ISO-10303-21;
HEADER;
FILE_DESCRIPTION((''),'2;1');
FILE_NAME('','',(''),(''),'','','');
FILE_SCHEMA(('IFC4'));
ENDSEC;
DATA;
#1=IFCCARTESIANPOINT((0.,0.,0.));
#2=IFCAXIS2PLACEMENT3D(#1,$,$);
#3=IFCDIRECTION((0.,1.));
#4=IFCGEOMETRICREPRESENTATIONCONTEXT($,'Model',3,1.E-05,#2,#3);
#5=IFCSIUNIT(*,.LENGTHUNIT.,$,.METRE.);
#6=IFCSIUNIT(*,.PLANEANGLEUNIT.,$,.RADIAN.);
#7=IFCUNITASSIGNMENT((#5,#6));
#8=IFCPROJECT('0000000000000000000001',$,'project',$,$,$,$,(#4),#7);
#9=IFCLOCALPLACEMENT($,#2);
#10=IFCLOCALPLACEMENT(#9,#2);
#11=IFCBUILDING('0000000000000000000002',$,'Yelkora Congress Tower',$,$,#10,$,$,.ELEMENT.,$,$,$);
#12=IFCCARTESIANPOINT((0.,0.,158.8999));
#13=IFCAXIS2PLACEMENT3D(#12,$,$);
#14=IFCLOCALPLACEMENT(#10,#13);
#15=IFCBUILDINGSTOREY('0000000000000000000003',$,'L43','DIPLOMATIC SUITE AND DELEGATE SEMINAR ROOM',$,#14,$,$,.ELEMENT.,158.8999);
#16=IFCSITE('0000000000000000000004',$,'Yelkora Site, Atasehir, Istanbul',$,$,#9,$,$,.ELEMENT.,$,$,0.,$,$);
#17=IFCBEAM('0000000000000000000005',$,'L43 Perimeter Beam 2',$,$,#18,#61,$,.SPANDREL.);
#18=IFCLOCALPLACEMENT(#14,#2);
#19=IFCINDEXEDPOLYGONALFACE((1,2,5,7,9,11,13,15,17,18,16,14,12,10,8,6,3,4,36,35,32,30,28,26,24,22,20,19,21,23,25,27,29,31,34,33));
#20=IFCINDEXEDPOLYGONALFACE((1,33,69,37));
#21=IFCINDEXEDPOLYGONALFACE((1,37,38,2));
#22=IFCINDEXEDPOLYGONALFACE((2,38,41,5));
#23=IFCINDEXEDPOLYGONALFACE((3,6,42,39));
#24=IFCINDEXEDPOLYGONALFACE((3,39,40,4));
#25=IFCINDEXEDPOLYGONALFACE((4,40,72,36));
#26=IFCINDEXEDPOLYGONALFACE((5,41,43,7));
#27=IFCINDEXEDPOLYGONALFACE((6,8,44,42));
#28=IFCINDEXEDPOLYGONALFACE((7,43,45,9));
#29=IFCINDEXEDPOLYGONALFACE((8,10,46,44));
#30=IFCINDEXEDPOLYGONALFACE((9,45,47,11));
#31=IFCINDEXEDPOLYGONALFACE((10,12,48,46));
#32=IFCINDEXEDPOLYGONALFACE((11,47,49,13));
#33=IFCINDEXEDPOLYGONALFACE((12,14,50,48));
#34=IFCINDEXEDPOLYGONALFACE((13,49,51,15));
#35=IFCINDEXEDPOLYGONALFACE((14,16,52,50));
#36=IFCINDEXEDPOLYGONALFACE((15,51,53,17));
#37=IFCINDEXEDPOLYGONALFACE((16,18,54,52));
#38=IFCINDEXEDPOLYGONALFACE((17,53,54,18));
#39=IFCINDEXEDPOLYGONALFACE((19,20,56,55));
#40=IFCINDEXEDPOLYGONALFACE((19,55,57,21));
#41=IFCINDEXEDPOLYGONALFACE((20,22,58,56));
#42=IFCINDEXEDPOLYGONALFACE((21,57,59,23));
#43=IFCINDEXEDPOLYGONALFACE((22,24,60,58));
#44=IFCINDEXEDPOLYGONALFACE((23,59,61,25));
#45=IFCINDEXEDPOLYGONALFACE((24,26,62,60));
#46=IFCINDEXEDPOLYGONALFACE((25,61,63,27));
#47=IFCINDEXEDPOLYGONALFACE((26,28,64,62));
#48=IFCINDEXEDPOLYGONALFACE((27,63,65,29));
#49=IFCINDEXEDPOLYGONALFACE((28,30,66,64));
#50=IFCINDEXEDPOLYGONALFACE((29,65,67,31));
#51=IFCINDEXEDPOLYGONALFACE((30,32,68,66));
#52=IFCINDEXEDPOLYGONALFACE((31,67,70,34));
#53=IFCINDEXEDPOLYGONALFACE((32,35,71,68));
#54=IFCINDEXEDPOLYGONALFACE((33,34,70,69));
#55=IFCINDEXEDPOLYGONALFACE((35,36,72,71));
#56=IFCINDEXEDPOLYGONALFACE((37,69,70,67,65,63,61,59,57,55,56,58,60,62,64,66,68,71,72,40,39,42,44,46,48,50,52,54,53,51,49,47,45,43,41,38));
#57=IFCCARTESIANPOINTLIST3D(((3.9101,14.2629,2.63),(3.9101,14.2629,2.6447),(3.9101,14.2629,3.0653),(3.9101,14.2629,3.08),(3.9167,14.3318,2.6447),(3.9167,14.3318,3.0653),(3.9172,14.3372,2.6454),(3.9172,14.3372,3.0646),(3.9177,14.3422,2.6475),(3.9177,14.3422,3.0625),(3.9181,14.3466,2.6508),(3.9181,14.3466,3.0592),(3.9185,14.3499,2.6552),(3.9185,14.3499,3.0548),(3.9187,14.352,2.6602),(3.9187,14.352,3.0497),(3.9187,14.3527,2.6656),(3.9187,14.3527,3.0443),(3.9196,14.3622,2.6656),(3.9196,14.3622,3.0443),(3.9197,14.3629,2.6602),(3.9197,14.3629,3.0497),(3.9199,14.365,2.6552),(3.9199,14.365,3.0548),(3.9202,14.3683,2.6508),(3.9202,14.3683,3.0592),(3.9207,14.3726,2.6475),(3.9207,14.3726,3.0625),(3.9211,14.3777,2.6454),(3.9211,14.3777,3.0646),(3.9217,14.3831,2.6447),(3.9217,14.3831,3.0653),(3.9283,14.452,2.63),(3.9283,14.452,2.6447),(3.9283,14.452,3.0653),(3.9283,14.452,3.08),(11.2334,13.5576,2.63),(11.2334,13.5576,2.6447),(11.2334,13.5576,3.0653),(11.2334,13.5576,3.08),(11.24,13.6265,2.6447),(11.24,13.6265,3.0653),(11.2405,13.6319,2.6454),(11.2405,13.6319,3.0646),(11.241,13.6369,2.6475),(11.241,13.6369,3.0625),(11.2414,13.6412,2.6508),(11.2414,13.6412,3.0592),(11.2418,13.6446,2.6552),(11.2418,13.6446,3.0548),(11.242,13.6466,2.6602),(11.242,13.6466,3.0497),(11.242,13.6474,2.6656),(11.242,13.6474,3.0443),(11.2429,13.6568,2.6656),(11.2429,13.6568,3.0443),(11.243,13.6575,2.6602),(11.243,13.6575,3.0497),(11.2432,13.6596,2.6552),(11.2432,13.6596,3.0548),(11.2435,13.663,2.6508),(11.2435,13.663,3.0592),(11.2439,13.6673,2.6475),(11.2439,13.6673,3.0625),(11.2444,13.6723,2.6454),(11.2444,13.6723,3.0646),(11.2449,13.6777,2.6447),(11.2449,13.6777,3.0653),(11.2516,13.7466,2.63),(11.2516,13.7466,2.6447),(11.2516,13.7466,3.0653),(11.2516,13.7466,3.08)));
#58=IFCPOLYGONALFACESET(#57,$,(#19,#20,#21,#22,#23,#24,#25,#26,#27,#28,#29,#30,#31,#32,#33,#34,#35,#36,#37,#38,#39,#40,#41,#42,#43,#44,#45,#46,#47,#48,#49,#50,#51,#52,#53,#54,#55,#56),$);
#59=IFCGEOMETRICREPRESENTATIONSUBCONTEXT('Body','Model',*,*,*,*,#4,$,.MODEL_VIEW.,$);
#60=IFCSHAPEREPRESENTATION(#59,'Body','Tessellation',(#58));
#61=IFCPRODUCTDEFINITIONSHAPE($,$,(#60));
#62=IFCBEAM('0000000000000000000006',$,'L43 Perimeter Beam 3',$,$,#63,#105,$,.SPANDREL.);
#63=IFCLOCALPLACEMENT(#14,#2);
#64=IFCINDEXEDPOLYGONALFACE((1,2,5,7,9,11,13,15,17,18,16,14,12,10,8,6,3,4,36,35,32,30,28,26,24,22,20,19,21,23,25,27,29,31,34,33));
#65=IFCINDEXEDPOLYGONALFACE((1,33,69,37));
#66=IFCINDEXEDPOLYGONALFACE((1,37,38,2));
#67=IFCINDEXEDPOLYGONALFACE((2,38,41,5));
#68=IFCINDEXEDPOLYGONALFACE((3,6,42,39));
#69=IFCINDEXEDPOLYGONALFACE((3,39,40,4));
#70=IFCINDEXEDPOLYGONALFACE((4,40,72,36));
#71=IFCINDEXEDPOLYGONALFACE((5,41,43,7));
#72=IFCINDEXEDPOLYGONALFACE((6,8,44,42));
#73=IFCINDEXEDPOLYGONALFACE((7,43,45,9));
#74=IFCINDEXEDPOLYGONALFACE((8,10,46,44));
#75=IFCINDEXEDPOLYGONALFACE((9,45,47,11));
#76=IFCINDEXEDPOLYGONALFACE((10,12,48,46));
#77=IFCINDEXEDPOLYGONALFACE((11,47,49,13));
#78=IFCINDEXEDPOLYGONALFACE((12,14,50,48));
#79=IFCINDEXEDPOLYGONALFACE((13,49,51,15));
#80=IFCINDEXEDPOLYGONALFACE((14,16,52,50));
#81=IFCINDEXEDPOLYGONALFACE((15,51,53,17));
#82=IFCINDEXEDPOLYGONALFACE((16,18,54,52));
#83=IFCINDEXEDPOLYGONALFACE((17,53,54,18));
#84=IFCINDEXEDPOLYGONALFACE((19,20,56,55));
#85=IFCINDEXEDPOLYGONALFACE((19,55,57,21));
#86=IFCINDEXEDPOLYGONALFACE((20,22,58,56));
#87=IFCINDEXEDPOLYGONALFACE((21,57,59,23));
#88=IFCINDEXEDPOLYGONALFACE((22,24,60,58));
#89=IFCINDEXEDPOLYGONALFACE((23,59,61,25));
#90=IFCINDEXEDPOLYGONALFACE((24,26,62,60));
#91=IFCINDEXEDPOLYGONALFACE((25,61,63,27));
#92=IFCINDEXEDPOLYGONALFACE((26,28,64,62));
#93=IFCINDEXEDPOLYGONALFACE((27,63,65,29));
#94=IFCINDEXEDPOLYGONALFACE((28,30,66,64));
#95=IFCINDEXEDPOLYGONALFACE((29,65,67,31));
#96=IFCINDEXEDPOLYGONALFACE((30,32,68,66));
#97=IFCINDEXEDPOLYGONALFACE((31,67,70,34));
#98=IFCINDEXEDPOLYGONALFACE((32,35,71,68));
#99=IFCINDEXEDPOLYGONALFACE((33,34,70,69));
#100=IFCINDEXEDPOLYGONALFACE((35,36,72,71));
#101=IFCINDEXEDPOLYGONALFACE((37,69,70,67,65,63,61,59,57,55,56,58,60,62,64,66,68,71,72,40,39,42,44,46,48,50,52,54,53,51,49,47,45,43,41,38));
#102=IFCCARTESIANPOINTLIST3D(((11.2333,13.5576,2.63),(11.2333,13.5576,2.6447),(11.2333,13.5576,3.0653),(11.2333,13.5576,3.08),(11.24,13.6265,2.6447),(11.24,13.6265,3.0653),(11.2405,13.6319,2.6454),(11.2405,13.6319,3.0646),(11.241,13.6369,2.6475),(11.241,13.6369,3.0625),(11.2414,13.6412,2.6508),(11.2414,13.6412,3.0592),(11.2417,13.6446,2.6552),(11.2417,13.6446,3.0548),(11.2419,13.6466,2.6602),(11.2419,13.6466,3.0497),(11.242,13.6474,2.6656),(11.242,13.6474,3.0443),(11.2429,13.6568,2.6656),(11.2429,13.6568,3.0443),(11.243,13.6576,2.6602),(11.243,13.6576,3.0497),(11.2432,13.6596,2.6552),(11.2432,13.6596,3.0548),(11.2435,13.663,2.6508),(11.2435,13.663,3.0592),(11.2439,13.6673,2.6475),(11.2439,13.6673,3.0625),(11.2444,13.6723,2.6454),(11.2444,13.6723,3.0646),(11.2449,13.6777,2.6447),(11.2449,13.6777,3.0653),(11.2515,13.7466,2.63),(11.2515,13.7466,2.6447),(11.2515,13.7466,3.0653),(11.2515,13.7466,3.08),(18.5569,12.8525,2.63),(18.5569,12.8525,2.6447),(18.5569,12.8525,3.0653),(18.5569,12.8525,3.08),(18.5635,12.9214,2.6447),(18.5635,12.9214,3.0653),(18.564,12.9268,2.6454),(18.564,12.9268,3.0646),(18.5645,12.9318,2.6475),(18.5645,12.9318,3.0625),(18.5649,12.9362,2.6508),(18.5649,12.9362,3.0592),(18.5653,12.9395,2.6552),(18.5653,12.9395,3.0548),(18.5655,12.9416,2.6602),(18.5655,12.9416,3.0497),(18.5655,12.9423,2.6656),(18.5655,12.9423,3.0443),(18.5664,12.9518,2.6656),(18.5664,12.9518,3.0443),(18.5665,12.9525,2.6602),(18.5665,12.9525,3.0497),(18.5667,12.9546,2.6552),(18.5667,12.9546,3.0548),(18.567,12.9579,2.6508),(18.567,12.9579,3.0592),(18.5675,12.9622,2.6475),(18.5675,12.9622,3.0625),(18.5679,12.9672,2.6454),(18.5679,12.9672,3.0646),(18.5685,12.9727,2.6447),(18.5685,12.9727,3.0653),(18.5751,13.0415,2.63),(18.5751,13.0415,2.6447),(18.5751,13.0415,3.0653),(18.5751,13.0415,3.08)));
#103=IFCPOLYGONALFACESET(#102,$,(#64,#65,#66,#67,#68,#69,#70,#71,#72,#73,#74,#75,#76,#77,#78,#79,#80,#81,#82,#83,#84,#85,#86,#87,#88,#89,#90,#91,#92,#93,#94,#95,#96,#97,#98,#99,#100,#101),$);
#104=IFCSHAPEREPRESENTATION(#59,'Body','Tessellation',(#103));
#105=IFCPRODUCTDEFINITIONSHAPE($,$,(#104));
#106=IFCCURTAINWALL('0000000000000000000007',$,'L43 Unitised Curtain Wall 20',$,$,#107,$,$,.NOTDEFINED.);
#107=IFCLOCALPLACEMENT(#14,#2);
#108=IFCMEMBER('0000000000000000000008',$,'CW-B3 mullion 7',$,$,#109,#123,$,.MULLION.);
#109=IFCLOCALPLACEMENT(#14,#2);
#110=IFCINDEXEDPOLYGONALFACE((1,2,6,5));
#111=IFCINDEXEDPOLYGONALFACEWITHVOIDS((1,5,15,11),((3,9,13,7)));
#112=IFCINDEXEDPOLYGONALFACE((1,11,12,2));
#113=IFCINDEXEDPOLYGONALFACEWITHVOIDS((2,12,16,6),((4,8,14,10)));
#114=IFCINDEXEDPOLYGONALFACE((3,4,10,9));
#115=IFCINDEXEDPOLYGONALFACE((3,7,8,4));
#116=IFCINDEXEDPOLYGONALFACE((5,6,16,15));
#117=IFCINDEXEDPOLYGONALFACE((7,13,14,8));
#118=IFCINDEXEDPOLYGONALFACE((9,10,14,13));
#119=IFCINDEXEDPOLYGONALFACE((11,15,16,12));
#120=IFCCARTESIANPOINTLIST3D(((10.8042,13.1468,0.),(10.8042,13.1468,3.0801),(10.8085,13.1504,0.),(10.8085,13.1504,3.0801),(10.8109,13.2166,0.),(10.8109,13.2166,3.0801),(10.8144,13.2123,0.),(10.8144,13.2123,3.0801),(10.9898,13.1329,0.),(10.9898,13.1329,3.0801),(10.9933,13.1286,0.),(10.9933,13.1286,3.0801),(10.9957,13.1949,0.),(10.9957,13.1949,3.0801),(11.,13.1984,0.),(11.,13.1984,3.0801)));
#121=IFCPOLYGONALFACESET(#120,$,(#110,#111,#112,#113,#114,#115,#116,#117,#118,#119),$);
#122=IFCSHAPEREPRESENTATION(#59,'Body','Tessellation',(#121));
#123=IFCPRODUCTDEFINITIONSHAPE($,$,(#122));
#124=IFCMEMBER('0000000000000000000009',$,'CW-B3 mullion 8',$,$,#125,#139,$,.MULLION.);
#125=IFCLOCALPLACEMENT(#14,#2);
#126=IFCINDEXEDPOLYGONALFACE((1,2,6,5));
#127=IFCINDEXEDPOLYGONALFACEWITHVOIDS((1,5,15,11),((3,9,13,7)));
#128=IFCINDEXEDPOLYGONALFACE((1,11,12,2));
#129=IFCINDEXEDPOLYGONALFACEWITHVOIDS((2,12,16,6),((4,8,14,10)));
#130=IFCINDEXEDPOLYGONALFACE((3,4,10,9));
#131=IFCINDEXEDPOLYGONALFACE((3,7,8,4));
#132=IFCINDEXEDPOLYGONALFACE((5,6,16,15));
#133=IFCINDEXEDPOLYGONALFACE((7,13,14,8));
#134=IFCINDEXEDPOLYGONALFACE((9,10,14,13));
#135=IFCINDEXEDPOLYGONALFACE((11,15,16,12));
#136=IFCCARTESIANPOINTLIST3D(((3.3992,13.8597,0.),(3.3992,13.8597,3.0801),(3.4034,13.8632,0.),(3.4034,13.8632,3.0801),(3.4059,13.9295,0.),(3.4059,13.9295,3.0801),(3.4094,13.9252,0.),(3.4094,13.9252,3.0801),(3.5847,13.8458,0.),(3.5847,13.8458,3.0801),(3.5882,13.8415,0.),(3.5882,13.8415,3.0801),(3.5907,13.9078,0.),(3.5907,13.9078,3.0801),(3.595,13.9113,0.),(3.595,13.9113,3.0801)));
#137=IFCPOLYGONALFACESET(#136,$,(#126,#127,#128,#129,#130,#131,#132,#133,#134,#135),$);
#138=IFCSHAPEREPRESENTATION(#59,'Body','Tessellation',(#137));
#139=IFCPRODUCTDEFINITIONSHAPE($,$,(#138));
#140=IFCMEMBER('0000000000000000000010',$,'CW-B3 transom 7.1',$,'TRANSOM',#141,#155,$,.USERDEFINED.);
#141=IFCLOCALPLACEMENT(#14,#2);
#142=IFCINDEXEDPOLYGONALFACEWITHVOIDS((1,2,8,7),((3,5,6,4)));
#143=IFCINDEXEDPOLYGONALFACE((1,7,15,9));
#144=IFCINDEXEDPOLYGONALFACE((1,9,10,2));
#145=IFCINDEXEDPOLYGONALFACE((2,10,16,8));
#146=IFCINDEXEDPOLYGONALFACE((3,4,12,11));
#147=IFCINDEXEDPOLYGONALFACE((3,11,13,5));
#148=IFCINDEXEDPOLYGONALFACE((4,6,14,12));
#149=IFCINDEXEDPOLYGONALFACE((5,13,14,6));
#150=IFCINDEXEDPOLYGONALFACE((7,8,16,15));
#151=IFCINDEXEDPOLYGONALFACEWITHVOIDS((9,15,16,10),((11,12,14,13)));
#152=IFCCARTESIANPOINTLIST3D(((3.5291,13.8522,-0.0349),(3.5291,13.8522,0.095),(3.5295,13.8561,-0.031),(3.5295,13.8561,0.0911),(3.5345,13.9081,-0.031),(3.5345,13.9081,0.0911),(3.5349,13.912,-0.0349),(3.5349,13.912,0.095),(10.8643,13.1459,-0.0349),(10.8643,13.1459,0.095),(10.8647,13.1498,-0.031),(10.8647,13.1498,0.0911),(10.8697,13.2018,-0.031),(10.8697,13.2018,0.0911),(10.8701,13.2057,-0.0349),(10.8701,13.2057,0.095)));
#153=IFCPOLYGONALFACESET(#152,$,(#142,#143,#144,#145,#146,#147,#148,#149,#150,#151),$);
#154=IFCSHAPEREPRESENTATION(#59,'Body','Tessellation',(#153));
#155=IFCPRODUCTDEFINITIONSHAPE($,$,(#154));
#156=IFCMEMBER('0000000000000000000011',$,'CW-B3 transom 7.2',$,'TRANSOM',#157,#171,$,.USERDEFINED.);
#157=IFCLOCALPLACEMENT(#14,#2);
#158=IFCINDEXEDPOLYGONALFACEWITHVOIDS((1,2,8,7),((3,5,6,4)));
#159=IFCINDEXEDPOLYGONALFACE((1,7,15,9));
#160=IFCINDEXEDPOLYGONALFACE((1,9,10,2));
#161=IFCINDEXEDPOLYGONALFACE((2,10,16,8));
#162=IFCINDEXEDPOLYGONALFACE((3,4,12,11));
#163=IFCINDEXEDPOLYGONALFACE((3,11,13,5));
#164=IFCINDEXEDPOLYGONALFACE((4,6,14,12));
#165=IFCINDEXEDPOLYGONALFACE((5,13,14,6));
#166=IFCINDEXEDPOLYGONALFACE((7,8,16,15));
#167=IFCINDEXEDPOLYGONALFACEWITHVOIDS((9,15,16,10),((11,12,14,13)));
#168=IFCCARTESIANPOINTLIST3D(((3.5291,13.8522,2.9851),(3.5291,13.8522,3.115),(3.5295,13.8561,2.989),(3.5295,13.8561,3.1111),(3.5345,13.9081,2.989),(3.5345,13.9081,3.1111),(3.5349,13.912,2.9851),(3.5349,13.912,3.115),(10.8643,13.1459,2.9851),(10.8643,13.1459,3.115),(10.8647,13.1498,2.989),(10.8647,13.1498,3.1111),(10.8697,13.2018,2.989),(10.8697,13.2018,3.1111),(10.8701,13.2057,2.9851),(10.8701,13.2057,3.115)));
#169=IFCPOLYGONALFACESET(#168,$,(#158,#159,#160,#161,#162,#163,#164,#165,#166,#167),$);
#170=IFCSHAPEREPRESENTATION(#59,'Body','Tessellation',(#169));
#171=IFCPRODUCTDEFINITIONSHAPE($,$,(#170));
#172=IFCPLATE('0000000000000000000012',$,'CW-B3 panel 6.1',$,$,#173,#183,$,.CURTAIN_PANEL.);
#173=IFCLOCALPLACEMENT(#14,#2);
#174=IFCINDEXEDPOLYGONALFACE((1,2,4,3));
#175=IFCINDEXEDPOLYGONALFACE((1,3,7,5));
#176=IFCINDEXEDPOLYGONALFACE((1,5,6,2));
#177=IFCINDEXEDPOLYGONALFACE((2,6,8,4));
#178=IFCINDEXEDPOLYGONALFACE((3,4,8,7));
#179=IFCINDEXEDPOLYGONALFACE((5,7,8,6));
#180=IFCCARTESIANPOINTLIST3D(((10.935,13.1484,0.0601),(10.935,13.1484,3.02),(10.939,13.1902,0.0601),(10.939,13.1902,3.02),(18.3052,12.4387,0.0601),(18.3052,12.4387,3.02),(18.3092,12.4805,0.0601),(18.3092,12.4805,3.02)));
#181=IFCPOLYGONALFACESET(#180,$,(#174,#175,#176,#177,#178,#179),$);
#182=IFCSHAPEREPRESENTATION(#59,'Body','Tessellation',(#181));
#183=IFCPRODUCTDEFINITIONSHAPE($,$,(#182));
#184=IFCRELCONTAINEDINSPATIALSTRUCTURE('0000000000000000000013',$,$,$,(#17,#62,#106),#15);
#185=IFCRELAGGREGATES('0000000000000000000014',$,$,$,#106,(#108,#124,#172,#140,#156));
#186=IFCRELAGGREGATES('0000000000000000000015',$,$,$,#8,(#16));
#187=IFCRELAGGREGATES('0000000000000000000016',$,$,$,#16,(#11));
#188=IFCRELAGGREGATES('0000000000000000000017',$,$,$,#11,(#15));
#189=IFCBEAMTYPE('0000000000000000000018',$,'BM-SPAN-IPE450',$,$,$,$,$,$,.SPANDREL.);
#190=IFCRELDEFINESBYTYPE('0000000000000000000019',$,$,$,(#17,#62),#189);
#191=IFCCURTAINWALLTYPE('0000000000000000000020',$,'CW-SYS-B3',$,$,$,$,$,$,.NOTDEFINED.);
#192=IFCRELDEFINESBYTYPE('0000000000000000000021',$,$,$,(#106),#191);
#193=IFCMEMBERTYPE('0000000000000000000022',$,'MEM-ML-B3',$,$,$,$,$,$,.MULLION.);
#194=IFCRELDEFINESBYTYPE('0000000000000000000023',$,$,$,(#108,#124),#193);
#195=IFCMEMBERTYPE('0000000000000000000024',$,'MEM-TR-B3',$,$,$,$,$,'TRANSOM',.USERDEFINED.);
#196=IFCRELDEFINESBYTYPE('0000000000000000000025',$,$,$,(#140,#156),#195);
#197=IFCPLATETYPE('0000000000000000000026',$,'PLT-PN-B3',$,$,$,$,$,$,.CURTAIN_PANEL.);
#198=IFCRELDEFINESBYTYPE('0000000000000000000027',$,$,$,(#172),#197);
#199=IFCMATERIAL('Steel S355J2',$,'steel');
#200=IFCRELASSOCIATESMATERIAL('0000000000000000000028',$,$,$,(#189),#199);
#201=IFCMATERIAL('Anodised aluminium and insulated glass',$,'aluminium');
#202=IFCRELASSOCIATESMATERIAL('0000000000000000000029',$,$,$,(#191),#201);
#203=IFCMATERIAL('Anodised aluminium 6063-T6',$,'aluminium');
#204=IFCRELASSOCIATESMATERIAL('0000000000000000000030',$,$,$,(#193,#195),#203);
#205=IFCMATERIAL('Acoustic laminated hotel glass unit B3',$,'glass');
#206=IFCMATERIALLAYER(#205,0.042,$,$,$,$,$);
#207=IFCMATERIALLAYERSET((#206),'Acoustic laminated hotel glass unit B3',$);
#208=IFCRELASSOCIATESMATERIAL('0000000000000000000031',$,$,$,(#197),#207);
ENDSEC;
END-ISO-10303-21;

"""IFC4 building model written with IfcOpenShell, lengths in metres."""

from ifc_helpers import new_model, si_unit, direction, frame, origin, origin_2d, place, context, subcontext, project, spatial, rectangle, hollow_rectangle, i_section, extrude, material, layer, layer_set, material_profile, profile_set, type_object, element, aggregate, save


model = new_model("IFC4")

# Units and contexts
model_context = context("Model", 3, precision=1e-05, world=origin(), true_north=direction((0.0, 1.0)))
body_context = subcontext(model_context, "Body", "Model", "MODEL_VIEW")
ifc_project = project(units=[si_unit("LENGTHUNIT", "METRE"), si_unit("PLANEANGLEUNIT", "RADIAN")], contexts=[model_context])

# Site, building, storey
site_placement = place(None, origin())
site = spatial("IfcSite", under=ifc_project, at=site_placement, Name="Yelkora Site, Atasehir, Istanbul", CompositionType="ELEMENT", RefElevation=0.0)
building_placement = place(site_placement, origin())
building = spatial("IfcBuilding", under=site, at=building_placement, Name="Yelkora Congress Tower", CompositionType="ELEMENT")
storey_placement = place(building_placement, frame((0.0, 0.0, 158.8999)))
storey = spatial("IfcBuildingStorey", under=building, at=storey_placement, Name="L43", Description="DIPLOMATIC SUITE AND DELEGATE SEMINAR ROOM", CompositionType="ELEMENT", Elevation=158.8999)

# Beams
ifc_material_1 = material(Name="Steel S355J2", Category="steel")
ifc_material_profile_1 = material_profile(ifc_material_1, i_section(OverallWidth=0.1899, OverallDepth=0.45, WebThickness=0.0095, FlangeThickness=0.0146, FilletRadius=0.021, at=origin_2d()), Name="IPE 450")
ifc_profile_set_1 = profile_set([ifc_material_profile_1], Name="Steel S355J2")
beam_type_1 = type_object("IfcBeamType", Name="BM-SPAN-IPE450", PredefinedType="SPANDREL", material=ifc_profile_set_1)
beam_1_placement = place(storey_placement, frame((3.9192, 14.3574, 2.855), z_axis=(0.995394, -0.095869, 0.0), x_axis=(0.095869, 0.995394, 0.0)))
element("IfcBeam", 1, at=beam_1_placement, inside=storey, type_object=beam_type_1, Name="L43 Perimeter Beam 2", PredefinedType="SPANDREL", context=body_context, shape_type="SweptSolid", body=[
    extrude(i_section(OverallWidth=0.1899, OverallDepth=0.45, WebThickness=0.0095, FlangeThickness=0.0146, FilletRadius=0.021, at=origin_2d()), origin(), (0.0, 0.0, 1.0), 7.3572),
])
beam_2_placement = place(storey_placement, frame((11.2424, 13.6521, 2.855), z_axis=(0.995397, -0.095833, 0.0), x_axis=(0.095833, 0.995397, 0.0)))
element("IfcBeam", 2, at=beam_2_placement, inside=storey, type_object=beam_type_1, Name="L43 Perimeter Beam 3", PredefinedType="SPANDREL", context=body_context, shape_type="SweptSolid", body=[
    extrude(i_section(OverallWidth=0.1899, OverallDepth=0.45, WebThickness=0.0095, FlangeThickness=0.0146, FilletRadius=0.021, at=origin_2d()), origin(), (0.0, 0.0, 1.0), 7.3574),
])

# Curtain wall, members, plate
ifc_material_2 = material(Name="Anodised aluminium and insulated glass", Category="aluminium")
curtain_wall_type = type_object("IfcCurtainWallType", Name="CW-SYS-B3", PredefinedType="NOTDEFINED", material=ifc_material_2)
curtain_wall_placement = place(storey_placement, origin())
curtain_wall = element("IfcCurtainWall", 3, at=curtain_wall_placement, inside=storey, type_object=curtain_wall_type, Name="L43 Unitised Curtain Wall 20", PredefinedType="NOTDEFINED")
ifc_material_3 = material(Name="Anodised aluminium 6063-T6", Category="aluminium")
ifc_material_profile_2 = material_profile(ifc_material_3, hollow_rectangle(XDim=0.0701, YDim=0.1899, WallThickness=0.0039, at=origin_2d()), Name="ALU 70x190x4")
ifc_profile_set_2 = profile_set([ifc_material_profile_2], Name="Anodised aluminium 6063-T6")
member_type_1 = type_object("IfcMemberType", Name="MEM-ML-B3", PredefinedType="MULLION", material=ifc_profile_set_2)
member_1_placement = place(storey_placement, frame((10.9021, 13.1726, 0.0), z_axis=(0.0, 0.0, 1.0), x_axis=(-0.095845, -0.995396, 0.0)))
member_1 = element("IfcMember", 4, at=member_1_placement, type_object=member_type_1, Name="CW-B3 mullion 7", PredefinedType="MULLION", context=body_context, shape_type="SweptSolid", body=[
    extrude(hollow_rectangle(XDim=0.0701, YDim=0.1899, WallThickness=0.0039, at=origin_2d()), origin(), (0.0, 0.0, 1.0), 3.0801),
])
member_2_placement = place(storey_placement, frame((3.4971, 13.8855, 0.0), z_axis=(0.0, 0.0, 1.0), x_axis=(-0.095845, -0.995396, 0.0)))
member_2 = element("IfcMember", 5, at=member_2_placement, type_object=member_type_1, Name="CW-B3 mullion 8", PredefinedType="MULLION", context=body_context, shape_type="SweptSolid", body=[
    extrude(hollow_rectangle(XDim=0.0701, YDim=0.1899, WallThickness=0.0039, at=origin_2d()), origin(), (0.0, 0.0, 1.0), 3.0801),
])
ifc_material_profile_3 = material_profile(ifc_material_3, hollow_rectangle(XDim=0.0601, YDim=0.1299, WallThickness=0.0039, at=origin_2d()), Name="ALU 60x130x4")
ifc_profile_set_3 = profile_set([ifc_material_profile_3], Name="Anodised aluminium 6063-T6")
member_type_2 = type_object("IfcMemberType", Name="MEM-TR-B3", ElementType="TRANSOM", PredefinedType="USERDEFINED", material=ifc_profile_set_3)
member_3_placement = place(storey_placement, frame((10.8672, 13.1758, 0.03), z_axis=(-0.995396, 0.095846, 0.0), x_axis=(-0.095846, -0.995396, 0.0)))
member_3 = element("IfcMember", 6, at=member_3_placement, type_object=member_type_2, Name="CW-B3 transom 7.1", ObjectType="TRANSOM", PredefinedType="USERDEFINED", context=body_context, shape_type="SweptSolid", body=[
    extrude(hollow_rectangle(XDim=0.0601, YDim=0.1299, WallThickness=0.0039, at=origin_2d()), origin(), (0.0, 0.0, 1.0), 7.3691),
])
member_4_placement = place(storey_placement, frame((10.8672, 13.1758, 3.05), z_axis=(-0.995396, 0.095846, 0.0), x_axis=(-0.095846, -0.995396, 0.0)))
member_4 = element("IfcMember", 7, at=member_4_placement, type_object=member_type_2, Name="CW-B3 transom 7.2", ObjectType="TRANSOM", PredefinedType="USERDEFINED", context=body_context, shape_type="SweptSolid", body=[
    extrude(hollow_rectangle(XDim=0.0601, YDim=0.1299, WallThickness=0.0039, at=origin_2d()), origin(), (0.0, 0.0, 1.0), 7.3691),
])
ifc_material_4 = material(Name="Acoustic laminated hotel glass unit B3", Category="glass")
ifc_layer_1 = layer(ifc_material_4, 0.042)
ifc_layer_set_1 = layer_set([ifc_layer_1], Name="Acoustic laminated hotel glass unit B3")
plate_type = type_object("IfcPlateType", Name="PLT-PN-B3", PredefinedType="CURTAIN_PANEL", material=ifc_layer_set_1)
plate_1_placement = place(storey_placement, frame((14.6221, 12.8145, 0.0601), z_axis=(0.0, 0.0, 1.0), x_axis=(-0.995396, 0.095845, 0.0)))
plate_1 = element("IfcPlate", 8, at=plate_1_placement, type_object=plate_type, Name="CW-B3 panel 6.1", PredefinedType="CURTAIN_PANEL", context=body_context, shape_type="SweptSolid", body=[
    extrude(rectangle(XDim=7.4043, YDim=0.042, at=origin_2d()), origin(), (0.0, 0.0, 1.0), 2.96),
])
aggregate(curtain_wall, [member_1, member_2, plate_1, member_3, member_4])

save(model, "model.ifc")
